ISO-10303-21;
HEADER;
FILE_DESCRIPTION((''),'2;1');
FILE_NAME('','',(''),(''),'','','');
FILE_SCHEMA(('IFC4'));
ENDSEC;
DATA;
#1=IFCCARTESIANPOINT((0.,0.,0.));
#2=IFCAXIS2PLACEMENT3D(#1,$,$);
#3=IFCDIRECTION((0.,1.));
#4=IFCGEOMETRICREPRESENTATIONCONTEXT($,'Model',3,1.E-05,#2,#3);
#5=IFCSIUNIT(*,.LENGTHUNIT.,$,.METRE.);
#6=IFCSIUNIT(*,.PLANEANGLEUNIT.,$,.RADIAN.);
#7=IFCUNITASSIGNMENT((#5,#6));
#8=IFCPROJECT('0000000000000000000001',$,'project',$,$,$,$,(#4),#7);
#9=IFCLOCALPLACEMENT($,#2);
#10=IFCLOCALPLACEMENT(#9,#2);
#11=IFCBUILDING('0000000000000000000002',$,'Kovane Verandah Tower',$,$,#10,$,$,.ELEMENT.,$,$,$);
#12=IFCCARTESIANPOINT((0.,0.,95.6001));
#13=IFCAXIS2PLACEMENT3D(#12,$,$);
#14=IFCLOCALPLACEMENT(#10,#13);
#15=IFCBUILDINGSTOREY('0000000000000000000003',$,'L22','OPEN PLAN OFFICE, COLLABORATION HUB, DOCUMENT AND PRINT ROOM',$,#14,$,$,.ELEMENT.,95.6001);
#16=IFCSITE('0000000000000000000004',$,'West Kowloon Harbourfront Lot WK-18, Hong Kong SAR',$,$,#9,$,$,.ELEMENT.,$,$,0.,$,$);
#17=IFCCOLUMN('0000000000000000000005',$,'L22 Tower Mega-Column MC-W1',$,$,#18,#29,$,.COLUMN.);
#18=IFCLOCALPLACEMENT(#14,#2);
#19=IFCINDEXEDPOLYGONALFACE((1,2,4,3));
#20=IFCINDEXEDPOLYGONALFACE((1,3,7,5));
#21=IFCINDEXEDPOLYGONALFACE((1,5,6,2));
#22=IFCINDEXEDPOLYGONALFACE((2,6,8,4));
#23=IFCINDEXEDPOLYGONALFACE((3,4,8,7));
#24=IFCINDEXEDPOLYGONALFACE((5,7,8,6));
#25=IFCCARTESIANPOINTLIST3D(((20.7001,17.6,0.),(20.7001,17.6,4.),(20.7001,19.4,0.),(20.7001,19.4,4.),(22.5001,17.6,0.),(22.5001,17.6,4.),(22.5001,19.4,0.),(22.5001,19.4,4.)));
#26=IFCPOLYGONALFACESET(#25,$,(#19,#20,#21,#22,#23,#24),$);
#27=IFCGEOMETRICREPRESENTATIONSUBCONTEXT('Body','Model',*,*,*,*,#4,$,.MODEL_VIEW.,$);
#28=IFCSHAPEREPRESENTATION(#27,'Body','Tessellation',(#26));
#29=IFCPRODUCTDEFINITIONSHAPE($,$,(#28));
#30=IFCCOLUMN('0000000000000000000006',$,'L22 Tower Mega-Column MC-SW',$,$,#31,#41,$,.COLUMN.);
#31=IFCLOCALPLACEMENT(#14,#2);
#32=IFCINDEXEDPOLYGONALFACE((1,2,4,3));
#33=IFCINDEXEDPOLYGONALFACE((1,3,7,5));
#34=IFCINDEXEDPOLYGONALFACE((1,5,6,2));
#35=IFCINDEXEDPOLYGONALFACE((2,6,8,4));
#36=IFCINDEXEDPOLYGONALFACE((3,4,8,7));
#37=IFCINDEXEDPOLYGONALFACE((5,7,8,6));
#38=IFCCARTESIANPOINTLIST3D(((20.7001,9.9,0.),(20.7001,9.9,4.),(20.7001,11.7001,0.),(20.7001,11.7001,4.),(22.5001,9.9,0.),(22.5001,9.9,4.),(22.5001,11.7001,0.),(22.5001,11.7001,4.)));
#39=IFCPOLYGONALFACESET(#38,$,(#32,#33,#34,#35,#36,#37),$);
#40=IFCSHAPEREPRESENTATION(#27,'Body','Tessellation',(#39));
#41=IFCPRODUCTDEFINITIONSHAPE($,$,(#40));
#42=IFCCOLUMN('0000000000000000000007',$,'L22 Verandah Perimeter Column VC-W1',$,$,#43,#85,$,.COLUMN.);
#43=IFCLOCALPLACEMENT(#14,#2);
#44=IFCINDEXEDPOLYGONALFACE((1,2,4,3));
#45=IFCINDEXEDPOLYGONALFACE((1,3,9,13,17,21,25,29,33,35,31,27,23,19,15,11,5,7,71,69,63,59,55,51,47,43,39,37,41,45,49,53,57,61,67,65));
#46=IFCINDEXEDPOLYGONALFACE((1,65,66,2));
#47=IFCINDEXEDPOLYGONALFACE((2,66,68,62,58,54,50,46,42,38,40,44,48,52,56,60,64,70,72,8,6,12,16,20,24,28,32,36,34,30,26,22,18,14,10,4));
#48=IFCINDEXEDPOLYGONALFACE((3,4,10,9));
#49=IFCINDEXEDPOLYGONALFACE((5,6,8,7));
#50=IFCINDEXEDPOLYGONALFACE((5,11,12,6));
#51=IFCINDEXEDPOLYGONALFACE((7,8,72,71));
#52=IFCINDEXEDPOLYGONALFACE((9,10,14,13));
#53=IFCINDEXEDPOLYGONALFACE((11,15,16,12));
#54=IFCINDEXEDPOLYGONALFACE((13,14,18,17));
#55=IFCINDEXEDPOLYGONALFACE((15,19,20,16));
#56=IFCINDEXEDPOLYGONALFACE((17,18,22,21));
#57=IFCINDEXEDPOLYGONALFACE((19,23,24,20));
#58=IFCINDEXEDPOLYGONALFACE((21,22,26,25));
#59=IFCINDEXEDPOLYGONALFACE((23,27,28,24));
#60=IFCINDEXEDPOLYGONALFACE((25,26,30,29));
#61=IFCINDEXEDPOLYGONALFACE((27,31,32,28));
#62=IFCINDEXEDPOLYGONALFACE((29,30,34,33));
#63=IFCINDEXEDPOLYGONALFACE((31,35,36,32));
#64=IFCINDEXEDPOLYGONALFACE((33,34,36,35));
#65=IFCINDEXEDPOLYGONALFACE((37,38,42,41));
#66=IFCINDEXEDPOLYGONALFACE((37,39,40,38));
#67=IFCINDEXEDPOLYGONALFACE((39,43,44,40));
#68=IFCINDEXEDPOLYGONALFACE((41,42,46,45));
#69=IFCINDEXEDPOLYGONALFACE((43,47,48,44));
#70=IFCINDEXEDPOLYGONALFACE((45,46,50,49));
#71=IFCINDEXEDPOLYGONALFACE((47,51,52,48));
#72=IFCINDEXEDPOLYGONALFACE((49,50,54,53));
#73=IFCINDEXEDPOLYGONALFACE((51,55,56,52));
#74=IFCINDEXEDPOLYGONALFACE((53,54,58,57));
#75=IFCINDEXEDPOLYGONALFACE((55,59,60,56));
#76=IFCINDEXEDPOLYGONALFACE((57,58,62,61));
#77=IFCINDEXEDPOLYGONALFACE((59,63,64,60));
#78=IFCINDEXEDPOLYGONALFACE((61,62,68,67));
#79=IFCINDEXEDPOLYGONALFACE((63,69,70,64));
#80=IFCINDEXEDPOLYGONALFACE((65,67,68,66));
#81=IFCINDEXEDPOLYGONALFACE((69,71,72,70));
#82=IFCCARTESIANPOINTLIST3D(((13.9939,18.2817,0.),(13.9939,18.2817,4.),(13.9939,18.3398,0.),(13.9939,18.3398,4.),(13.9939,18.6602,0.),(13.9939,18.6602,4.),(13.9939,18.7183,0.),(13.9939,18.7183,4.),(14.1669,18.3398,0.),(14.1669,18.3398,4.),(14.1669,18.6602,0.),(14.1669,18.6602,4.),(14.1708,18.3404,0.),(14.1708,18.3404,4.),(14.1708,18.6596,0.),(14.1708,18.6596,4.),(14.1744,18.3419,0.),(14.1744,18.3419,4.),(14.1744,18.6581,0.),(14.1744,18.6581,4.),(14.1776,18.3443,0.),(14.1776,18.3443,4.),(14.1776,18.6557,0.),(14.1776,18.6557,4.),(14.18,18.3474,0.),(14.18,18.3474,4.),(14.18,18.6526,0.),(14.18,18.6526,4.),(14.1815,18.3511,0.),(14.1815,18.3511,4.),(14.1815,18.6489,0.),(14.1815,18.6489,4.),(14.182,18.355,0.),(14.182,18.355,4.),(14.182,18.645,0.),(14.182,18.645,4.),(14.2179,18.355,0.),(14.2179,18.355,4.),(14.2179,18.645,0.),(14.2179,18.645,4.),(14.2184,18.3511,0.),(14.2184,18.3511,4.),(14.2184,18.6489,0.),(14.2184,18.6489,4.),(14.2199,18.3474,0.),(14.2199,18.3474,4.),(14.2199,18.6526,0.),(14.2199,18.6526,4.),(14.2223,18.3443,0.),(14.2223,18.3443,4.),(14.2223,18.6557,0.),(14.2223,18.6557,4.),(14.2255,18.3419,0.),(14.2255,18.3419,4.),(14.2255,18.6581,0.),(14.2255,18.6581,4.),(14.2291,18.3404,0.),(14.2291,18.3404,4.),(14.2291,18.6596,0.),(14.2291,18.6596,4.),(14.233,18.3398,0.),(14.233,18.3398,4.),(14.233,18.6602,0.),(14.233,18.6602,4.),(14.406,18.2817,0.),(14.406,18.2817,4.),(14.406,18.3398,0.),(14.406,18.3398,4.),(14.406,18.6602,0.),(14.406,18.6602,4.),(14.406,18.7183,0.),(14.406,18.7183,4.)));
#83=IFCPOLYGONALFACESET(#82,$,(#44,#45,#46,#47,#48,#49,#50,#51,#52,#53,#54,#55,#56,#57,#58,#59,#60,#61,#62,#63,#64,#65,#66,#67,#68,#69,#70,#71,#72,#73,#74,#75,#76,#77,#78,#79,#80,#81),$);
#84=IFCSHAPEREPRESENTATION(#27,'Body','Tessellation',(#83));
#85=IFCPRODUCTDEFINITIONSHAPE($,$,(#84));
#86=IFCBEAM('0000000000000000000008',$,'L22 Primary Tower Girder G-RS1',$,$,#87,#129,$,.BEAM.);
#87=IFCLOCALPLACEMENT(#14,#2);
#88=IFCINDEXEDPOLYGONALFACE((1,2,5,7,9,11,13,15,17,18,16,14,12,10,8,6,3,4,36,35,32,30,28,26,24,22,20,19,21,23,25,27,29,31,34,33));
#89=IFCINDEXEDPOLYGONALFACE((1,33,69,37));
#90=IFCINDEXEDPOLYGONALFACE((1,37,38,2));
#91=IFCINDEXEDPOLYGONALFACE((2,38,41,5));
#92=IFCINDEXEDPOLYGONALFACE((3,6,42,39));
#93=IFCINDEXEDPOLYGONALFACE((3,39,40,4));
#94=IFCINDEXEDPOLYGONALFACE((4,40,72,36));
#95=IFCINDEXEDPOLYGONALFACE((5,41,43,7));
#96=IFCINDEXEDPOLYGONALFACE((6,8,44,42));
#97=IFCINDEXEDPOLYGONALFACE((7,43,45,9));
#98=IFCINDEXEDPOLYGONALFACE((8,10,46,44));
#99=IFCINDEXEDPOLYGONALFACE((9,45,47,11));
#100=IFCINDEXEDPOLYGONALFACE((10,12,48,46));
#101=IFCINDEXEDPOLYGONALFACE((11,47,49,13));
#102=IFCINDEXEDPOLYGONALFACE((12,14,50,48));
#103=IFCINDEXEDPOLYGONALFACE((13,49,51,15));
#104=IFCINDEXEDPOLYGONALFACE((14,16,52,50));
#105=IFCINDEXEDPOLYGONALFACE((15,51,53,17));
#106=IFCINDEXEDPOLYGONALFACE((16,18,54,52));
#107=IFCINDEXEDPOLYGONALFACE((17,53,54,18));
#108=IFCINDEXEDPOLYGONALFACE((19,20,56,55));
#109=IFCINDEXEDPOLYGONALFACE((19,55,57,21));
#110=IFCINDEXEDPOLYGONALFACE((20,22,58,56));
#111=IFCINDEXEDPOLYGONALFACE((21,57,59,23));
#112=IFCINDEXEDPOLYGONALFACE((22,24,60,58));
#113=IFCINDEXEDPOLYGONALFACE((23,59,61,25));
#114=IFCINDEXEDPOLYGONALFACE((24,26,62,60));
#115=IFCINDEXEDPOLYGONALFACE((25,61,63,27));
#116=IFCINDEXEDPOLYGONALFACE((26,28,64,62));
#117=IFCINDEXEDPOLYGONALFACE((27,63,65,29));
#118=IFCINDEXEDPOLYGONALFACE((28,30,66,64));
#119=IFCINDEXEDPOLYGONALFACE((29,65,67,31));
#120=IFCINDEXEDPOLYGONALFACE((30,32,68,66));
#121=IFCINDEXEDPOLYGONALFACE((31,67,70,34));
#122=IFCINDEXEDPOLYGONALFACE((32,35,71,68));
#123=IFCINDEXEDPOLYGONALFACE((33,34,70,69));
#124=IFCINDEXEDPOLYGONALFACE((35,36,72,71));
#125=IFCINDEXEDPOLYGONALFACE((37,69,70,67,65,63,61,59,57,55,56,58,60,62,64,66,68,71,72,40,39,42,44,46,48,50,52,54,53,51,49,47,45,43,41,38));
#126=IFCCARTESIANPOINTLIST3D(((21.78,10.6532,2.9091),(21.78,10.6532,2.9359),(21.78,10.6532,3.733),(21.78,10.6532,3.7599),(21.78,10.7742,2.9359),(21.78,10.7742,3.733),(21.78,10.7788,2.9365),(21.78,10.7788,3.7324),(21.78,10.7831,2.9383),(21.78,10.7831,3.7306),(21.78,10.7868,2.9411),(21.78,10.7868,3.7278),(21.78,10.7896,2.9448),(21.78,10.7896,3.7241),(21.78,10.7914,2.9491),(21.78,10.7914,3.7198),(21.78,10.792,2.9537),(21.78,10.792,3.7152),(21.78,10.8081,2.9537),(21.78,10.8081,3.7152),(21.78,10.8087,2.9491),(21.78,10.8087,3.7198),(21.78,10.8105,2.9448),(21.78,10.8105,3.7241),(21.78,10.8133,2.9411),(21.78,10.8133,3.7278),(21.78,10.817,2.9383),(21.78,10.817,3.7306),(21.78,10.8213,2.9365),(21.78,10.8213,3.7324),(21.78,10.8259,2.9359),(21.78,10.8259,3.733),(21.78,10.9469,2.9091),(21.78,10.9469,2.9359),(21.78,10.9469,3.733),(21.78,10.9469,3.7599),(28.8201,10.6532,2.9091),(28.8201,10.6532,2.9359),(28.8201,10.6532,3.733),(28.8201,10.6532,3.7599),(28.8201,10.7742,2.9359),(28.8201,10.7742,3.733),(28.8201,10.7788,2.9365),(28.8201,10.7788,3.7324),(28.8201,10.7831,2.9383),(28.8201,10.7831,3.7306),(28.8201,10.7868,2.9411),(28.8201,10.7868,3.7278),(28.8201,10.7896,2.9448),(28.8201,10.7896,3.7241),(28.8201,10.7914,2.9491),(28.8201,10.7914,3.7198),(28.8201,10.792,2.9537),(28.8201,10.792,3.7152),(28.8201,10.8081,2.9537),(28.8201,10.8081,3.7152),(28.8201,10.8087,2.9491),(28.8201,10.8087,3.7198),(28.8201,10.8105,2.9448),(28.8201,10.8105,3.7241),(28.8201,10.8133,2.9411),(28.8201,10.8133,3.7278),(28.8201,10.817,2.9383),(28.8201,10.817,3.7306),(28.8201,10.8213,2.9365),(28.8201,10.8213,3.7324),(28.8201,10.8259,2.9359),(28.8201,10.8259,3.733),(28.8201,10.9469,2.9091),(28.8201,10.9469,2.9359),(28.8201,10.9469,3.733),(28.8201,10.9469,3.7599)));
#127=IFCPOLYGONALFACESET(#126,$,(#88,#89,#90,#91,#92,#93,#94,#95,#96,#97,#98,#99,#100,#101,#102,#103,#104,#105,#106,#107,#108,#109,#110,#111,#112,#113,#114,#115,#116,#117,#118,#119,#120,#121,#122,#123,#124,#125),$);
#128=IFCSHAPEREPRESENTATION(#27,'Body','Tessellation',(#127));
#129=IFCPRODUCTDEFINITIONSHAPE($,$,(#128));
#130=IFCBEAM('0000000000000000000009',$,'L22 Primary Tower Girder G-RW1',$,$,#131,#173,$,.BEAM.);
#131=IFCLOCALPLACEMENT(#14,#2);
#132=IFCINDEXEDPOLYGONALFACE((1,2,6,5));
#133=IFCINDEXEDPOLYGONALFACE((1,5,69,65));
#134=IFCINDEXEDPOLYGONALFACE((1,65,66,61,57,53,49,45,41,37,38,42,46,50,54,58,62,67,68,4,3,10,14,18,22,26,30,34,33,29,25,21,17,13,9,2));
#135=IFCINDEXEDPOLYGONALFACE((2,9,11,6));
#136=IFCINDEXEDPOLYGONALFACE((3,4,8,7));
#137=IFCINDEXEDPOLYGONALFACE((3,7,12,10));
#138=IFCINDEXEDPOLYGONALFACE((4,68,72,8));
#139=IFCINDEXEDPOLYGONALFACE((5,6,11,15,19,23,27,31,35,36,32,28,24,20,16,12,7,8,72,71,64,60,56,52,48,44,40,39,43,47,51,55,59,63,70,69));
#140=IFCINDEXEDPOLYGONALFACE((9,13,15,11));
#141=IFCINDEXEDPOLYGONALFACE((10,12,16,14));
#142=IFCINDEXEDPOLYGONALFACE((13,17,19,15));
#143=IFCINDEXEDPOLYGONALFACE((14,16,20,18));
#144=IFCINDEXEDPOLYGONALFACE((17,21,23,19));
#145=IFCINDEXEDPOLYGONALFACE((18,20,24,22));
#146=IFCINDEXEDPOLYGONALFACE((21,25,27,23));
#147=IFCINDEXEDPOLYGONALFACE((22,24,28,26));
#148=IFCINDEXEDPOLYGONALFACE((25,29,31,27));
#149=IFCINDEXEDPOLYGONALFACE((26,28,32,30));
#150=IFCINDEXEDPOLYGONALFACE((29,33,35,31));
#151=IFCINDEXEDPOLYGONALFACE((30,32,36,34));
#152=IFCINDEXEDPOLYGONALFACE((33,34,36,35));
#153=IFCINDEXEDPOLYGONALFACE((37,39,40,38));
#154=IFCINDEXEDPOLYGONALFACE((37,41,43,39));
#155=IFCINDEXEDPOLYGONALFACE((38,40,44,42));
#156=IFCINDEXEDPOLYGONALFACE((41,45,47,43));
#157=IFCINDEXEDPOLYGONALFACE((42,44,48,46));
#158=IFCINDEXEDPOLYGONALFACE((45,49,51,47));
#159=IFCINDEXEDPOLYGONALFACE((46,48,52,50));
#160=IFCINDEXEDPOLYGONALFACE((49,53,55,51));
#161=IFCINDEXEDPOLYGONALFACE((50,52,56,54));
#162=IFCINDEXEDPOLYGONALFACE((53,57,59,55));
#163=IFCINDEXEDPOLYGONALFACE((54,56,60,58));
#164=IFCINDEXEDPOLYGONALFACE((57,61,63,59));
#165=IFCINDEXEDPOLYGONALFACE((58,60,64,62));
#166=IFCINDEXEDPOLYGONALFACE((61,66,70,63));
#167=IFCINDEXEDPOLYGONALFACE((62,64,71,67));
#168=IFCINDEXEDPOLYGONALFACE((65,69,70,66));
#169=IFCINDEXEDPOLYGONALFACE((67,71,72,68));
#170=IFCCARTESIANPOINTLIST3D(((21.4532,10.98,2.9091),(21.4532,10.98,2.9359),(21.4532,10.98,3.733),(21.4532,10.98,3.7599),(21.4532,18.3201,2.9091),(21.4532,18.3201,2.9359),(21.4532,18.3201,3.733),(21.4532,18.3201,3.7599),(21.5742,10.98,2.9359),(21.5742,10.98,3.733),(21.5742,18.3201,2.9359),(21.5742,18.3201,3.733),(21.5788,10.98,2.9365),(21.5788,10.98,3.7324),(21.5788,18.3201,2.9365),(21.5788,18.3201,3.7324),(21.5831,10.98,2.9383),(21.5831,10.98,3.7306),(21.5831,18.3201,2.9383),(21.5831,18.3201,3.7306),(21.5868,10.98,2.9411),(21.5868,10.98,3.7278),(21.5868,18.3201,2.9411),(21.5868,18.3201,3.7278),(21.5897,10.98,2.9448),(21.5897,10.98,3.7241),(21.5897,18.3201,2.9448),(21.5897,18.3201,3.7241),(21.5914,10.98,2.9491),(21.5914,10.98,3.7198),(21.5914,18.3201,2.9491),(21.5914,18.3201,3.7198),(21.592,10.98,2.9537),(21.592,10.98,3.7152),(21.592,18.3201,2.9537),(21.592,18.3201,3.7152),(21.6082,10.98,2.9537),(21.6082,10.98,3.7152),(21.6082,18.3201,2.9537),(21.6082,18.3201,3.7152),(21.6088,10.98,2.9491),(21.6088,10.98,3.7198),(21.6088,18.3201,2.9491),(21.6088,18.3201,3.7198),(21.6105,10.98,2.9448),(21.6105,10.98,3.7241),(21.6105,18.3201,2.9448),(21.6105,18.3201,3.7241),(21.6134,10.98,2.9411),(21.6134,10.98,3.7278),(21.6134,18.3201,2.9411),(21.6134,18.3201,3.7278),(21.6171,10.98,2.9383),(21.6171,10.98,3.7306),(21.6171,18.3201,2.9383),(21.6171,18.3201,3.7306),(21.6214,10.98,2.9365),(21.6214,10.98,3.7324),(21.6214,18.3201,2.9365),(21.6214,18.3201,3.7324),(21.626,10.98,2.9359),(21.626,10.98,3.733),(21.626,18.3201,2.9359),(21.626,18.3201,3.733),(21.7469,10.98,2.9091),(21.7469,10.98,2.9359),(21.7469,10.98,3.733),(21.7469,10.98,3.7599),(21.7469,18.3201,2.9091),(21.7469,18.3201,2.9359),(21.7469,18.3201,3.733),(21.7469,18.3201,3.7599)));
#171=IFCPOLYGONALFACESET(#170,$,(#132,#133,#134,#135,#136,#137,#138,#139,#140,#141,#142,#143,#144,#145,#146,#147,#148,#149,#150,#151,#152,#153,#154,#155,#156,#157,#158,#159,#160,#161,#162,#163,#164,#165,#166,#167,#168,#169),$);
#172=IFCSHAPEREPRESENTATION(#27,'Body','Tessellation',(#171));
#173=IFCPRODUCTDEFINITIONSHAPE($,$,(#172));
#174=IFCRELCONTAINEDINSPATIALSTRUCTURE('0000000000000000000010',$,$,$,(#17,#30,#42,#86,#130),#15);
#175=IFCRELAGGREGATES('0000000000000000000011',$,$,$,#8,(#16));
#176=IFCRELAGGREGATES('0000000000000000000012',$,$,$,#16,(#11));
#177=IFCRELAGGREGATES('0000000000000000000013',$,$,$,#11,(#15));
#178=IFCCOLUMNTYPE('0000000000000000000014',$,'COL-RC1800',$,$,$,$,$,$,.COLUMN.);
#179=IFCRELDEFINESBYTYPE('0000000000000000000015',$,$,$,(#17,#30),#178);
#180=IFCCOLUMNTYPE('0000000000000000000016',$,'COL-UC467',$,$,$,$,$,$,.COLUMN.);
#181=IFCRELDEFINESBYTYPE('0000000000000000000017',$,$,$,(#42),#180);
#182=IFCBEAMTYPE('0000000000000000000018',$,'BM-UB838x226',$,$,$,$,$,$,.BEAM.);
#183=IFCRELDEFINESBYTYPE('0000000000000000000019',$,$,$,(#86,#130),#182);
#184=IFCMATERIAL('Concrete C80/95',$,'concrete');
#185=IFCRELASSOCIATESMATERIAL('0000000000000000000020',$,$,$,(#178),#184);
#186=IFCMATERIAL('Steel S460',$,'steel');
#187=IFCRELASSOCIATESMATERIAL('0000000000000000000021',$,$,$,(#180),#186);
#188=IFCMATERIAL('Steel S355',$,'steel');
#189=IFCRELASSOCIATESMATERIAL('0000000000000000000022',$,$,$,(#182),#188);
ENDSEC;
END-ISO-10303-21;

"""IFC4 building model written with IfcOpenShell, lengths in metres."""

from ifc_helpers import new_model, si_unit, direction, frame, origin, origin_2d, place, context, subcontext, project, spatial, rectangle, i_section, extrude, material, material_profile, profile_set, type_object, element, save


model = new_model("IFC4")

# Units and contexts
model_context = context("Model", 3, precision=1e-05, world=origin(), true_north=direction((0.0, 1.0)))
body_context = subcontext(model_context, "Body", "Model", "MODEL_VIEW")
ifc_project = project(units=[si_unit("LENGTHUNIT", "METRE"), si_unit("PLANEANGLEUNIT", "RADIAN")], contexts=[model_context])

# Site, building, storey
site_placement = place(None, origin())
site = spatial("IfcSite", under=ifc_project, at=site_placement, Name="West Kowloon Harbourfront Lot WK-18, Hong Kong SAR", CompositionType="ELEMENT", RefElevation=0.0)
building_placement = place(site_placement, origin())
building = spatial("IfcBuilding", under=site, at=building_placement, Name="Kovane Verandah Tower", CompositionType="ELEMENT")
storey_placement = place(building_placement, frame((0.0, 0.0, 95.6001)))
storey = spatial("IfcBuildingStorey", under=building, at=storey_placement, Name="L22", Description="OPEN PLAN OFFICE, COLLABORATION HUB, DOCUMENT AND PRINT ROOM", CompositionType="ELEMENT", Elevation=95.6001)

# Columns
ifc_material_1 = material(Name="Concrete C80/95", Category="concrete")
ifc_material_profile_1 = material_profile(ifc_material_1, rectangle(XDim=1.8, YDim=1.8, at=origin_2d()), Name="RC1800x1800")
ifc_profile_set_1 = profile_set([ifc_material_profile_1], Name="Concrete C80/95")
column_type_1 = type_object("IfcColumnType", Name="COL-RC1800", PredefinedType="COLUMN", material=ifc_profile_set_1)
for number, where, z_axis, x_axis, name in (
    (1, (21.6001, 18.5, 0.0), (0.0, 0.0, 1.0), (1.0, 0.0, 0.0), "L22 Tower Mega-Column MC-W1"),
    (2, (21.6001, 10.8, 0.0), (0.0, 0.0, 1.0), (1.0, 0.0, 0.0), "L22 Tower Mega-Column MC-SW"),
):
    element("IfcColumn", number, at=place(storey_placement, frame(where, z_axis=z_axis, x_axis=x_axis)), inside=storey, type_object=column_type_1, Name=name, PredefinedType="COLUMN", context=body_context, shape_type="SweptSolid", body=[
        extrude(rectangle(XDim=1.8, YDim=1.8, at=origin_2d()), origin(), (0.0, 0.0, 1.0), 4.0),
    ])
ifc_material_2 = material(Name="Steel S460", Category="steel")
ifc_material_profile_2 = material_profile(ifc_material_2, i_section(OverallWidth=0.4121, OverallDepth=0.4365, WebThickness=0.0359, FlangeThickness=0.0581, FilletRadius=0.0151, at=origin_2d()), Name="UC356x406x467")
ifc_profile_set_2 = profile_set([ifc_material_profile_2], Name="Steel S460")
column_type_2 = type_object("IfcColumnType", Name="COL-UC467", PredefinedType="COLUMN", material=ifc_profile_set_2)
column_placement = place(storey_placement, frame((14.2, 18.5, 0.0), z_axis=(0.0, 0.0, 1.0), x_axis=(1.0, 0.0, 0.0)))
element("IfcColumn", 3, at=column_placement, inside=storey, type_object=column_type_2, Name="L22 Verandah Perimeter Column VC-W1", PredefinedType="COLUMN", context=body_context, shape_type="SweptSolid", body=[
    extrude(i_section(OverallWidth=0.4121, OverallDepth=0.4365, WebThickness=0.0359, FlangeThickness=0.0581, FilletRadius=0.0151, at=origin_2d()), origin(), (0.0, 0.0, 1.0), 4.0),
])

# Beams
ifc_material_3 = material(Name="Steel S355", Category="steel")
ifc_material_profile_3 = material_profile(ifc_material_3, i_section(OverallWidth=0.2937, OverallDepth=0.8508, WebThickness=0.0161, FlangeThickness=0.0269, FilletRadius=0.0178, at=origin_2d()), Name="UB838x292x226")
ifc_profile_set_3 = profile_set([ifc_material_profile_3], Name="Steel S355")
beam_type_1 = type_object("IfcBeamType", Name="BM-UB838x226", PredefinedType="BEAM", material=ifc_profile_set_3)
beam_1_placement = place(storey_placement, frame((21.78, 10.8, 3.3345), z_axis=(1.0, 0.0, 0.0), x_axis=(0.0, 1.0, 0.0)))
element("IfcBeam", 4, at=beam_1_placement, inside=storey, type_object=beam_type_1, Name="L22 Primary Tower Girder G-RS1", PredefinedType="BEAM", context=body_context, shape_type="SweptSolid", body=[
    extrude(i_section(OverallWidth=0.2937, OverallDepth=0.8508, WebThickness=0.0161, FlangeThickness=0.0269, FilletRadius=0.0178, at=origin_2d()), origin(), (0.0, 0.0, 1.0), 7.04),
])
beam_2_placement = place(storey_placement, frame((21.6001, 10.98, 3.3345), z_axis=(0.0, 1.0, 0.0), x_axis=(-1.0, 0.0, 0.0)))
element("IfcBeam", 5, at=beam_2_placement, inside=storey, type_object=beam_type_1, Name="L22 Primary Tower Girder G-RW1", PredefinedType="BEAM", context=body_context, shape_type="SweptSolid", body=[
    extrude(i_section(OverallWidth=0.2937, OverallDepth=0.8508, WebThickness=0.0161, FlangeThickness=0.0269, FilletRadius=0.0178, at=origin_2d()), origin(), (0.0, 0.0, 1.0), 7.3401),
])

save(model, "model.ifc")
